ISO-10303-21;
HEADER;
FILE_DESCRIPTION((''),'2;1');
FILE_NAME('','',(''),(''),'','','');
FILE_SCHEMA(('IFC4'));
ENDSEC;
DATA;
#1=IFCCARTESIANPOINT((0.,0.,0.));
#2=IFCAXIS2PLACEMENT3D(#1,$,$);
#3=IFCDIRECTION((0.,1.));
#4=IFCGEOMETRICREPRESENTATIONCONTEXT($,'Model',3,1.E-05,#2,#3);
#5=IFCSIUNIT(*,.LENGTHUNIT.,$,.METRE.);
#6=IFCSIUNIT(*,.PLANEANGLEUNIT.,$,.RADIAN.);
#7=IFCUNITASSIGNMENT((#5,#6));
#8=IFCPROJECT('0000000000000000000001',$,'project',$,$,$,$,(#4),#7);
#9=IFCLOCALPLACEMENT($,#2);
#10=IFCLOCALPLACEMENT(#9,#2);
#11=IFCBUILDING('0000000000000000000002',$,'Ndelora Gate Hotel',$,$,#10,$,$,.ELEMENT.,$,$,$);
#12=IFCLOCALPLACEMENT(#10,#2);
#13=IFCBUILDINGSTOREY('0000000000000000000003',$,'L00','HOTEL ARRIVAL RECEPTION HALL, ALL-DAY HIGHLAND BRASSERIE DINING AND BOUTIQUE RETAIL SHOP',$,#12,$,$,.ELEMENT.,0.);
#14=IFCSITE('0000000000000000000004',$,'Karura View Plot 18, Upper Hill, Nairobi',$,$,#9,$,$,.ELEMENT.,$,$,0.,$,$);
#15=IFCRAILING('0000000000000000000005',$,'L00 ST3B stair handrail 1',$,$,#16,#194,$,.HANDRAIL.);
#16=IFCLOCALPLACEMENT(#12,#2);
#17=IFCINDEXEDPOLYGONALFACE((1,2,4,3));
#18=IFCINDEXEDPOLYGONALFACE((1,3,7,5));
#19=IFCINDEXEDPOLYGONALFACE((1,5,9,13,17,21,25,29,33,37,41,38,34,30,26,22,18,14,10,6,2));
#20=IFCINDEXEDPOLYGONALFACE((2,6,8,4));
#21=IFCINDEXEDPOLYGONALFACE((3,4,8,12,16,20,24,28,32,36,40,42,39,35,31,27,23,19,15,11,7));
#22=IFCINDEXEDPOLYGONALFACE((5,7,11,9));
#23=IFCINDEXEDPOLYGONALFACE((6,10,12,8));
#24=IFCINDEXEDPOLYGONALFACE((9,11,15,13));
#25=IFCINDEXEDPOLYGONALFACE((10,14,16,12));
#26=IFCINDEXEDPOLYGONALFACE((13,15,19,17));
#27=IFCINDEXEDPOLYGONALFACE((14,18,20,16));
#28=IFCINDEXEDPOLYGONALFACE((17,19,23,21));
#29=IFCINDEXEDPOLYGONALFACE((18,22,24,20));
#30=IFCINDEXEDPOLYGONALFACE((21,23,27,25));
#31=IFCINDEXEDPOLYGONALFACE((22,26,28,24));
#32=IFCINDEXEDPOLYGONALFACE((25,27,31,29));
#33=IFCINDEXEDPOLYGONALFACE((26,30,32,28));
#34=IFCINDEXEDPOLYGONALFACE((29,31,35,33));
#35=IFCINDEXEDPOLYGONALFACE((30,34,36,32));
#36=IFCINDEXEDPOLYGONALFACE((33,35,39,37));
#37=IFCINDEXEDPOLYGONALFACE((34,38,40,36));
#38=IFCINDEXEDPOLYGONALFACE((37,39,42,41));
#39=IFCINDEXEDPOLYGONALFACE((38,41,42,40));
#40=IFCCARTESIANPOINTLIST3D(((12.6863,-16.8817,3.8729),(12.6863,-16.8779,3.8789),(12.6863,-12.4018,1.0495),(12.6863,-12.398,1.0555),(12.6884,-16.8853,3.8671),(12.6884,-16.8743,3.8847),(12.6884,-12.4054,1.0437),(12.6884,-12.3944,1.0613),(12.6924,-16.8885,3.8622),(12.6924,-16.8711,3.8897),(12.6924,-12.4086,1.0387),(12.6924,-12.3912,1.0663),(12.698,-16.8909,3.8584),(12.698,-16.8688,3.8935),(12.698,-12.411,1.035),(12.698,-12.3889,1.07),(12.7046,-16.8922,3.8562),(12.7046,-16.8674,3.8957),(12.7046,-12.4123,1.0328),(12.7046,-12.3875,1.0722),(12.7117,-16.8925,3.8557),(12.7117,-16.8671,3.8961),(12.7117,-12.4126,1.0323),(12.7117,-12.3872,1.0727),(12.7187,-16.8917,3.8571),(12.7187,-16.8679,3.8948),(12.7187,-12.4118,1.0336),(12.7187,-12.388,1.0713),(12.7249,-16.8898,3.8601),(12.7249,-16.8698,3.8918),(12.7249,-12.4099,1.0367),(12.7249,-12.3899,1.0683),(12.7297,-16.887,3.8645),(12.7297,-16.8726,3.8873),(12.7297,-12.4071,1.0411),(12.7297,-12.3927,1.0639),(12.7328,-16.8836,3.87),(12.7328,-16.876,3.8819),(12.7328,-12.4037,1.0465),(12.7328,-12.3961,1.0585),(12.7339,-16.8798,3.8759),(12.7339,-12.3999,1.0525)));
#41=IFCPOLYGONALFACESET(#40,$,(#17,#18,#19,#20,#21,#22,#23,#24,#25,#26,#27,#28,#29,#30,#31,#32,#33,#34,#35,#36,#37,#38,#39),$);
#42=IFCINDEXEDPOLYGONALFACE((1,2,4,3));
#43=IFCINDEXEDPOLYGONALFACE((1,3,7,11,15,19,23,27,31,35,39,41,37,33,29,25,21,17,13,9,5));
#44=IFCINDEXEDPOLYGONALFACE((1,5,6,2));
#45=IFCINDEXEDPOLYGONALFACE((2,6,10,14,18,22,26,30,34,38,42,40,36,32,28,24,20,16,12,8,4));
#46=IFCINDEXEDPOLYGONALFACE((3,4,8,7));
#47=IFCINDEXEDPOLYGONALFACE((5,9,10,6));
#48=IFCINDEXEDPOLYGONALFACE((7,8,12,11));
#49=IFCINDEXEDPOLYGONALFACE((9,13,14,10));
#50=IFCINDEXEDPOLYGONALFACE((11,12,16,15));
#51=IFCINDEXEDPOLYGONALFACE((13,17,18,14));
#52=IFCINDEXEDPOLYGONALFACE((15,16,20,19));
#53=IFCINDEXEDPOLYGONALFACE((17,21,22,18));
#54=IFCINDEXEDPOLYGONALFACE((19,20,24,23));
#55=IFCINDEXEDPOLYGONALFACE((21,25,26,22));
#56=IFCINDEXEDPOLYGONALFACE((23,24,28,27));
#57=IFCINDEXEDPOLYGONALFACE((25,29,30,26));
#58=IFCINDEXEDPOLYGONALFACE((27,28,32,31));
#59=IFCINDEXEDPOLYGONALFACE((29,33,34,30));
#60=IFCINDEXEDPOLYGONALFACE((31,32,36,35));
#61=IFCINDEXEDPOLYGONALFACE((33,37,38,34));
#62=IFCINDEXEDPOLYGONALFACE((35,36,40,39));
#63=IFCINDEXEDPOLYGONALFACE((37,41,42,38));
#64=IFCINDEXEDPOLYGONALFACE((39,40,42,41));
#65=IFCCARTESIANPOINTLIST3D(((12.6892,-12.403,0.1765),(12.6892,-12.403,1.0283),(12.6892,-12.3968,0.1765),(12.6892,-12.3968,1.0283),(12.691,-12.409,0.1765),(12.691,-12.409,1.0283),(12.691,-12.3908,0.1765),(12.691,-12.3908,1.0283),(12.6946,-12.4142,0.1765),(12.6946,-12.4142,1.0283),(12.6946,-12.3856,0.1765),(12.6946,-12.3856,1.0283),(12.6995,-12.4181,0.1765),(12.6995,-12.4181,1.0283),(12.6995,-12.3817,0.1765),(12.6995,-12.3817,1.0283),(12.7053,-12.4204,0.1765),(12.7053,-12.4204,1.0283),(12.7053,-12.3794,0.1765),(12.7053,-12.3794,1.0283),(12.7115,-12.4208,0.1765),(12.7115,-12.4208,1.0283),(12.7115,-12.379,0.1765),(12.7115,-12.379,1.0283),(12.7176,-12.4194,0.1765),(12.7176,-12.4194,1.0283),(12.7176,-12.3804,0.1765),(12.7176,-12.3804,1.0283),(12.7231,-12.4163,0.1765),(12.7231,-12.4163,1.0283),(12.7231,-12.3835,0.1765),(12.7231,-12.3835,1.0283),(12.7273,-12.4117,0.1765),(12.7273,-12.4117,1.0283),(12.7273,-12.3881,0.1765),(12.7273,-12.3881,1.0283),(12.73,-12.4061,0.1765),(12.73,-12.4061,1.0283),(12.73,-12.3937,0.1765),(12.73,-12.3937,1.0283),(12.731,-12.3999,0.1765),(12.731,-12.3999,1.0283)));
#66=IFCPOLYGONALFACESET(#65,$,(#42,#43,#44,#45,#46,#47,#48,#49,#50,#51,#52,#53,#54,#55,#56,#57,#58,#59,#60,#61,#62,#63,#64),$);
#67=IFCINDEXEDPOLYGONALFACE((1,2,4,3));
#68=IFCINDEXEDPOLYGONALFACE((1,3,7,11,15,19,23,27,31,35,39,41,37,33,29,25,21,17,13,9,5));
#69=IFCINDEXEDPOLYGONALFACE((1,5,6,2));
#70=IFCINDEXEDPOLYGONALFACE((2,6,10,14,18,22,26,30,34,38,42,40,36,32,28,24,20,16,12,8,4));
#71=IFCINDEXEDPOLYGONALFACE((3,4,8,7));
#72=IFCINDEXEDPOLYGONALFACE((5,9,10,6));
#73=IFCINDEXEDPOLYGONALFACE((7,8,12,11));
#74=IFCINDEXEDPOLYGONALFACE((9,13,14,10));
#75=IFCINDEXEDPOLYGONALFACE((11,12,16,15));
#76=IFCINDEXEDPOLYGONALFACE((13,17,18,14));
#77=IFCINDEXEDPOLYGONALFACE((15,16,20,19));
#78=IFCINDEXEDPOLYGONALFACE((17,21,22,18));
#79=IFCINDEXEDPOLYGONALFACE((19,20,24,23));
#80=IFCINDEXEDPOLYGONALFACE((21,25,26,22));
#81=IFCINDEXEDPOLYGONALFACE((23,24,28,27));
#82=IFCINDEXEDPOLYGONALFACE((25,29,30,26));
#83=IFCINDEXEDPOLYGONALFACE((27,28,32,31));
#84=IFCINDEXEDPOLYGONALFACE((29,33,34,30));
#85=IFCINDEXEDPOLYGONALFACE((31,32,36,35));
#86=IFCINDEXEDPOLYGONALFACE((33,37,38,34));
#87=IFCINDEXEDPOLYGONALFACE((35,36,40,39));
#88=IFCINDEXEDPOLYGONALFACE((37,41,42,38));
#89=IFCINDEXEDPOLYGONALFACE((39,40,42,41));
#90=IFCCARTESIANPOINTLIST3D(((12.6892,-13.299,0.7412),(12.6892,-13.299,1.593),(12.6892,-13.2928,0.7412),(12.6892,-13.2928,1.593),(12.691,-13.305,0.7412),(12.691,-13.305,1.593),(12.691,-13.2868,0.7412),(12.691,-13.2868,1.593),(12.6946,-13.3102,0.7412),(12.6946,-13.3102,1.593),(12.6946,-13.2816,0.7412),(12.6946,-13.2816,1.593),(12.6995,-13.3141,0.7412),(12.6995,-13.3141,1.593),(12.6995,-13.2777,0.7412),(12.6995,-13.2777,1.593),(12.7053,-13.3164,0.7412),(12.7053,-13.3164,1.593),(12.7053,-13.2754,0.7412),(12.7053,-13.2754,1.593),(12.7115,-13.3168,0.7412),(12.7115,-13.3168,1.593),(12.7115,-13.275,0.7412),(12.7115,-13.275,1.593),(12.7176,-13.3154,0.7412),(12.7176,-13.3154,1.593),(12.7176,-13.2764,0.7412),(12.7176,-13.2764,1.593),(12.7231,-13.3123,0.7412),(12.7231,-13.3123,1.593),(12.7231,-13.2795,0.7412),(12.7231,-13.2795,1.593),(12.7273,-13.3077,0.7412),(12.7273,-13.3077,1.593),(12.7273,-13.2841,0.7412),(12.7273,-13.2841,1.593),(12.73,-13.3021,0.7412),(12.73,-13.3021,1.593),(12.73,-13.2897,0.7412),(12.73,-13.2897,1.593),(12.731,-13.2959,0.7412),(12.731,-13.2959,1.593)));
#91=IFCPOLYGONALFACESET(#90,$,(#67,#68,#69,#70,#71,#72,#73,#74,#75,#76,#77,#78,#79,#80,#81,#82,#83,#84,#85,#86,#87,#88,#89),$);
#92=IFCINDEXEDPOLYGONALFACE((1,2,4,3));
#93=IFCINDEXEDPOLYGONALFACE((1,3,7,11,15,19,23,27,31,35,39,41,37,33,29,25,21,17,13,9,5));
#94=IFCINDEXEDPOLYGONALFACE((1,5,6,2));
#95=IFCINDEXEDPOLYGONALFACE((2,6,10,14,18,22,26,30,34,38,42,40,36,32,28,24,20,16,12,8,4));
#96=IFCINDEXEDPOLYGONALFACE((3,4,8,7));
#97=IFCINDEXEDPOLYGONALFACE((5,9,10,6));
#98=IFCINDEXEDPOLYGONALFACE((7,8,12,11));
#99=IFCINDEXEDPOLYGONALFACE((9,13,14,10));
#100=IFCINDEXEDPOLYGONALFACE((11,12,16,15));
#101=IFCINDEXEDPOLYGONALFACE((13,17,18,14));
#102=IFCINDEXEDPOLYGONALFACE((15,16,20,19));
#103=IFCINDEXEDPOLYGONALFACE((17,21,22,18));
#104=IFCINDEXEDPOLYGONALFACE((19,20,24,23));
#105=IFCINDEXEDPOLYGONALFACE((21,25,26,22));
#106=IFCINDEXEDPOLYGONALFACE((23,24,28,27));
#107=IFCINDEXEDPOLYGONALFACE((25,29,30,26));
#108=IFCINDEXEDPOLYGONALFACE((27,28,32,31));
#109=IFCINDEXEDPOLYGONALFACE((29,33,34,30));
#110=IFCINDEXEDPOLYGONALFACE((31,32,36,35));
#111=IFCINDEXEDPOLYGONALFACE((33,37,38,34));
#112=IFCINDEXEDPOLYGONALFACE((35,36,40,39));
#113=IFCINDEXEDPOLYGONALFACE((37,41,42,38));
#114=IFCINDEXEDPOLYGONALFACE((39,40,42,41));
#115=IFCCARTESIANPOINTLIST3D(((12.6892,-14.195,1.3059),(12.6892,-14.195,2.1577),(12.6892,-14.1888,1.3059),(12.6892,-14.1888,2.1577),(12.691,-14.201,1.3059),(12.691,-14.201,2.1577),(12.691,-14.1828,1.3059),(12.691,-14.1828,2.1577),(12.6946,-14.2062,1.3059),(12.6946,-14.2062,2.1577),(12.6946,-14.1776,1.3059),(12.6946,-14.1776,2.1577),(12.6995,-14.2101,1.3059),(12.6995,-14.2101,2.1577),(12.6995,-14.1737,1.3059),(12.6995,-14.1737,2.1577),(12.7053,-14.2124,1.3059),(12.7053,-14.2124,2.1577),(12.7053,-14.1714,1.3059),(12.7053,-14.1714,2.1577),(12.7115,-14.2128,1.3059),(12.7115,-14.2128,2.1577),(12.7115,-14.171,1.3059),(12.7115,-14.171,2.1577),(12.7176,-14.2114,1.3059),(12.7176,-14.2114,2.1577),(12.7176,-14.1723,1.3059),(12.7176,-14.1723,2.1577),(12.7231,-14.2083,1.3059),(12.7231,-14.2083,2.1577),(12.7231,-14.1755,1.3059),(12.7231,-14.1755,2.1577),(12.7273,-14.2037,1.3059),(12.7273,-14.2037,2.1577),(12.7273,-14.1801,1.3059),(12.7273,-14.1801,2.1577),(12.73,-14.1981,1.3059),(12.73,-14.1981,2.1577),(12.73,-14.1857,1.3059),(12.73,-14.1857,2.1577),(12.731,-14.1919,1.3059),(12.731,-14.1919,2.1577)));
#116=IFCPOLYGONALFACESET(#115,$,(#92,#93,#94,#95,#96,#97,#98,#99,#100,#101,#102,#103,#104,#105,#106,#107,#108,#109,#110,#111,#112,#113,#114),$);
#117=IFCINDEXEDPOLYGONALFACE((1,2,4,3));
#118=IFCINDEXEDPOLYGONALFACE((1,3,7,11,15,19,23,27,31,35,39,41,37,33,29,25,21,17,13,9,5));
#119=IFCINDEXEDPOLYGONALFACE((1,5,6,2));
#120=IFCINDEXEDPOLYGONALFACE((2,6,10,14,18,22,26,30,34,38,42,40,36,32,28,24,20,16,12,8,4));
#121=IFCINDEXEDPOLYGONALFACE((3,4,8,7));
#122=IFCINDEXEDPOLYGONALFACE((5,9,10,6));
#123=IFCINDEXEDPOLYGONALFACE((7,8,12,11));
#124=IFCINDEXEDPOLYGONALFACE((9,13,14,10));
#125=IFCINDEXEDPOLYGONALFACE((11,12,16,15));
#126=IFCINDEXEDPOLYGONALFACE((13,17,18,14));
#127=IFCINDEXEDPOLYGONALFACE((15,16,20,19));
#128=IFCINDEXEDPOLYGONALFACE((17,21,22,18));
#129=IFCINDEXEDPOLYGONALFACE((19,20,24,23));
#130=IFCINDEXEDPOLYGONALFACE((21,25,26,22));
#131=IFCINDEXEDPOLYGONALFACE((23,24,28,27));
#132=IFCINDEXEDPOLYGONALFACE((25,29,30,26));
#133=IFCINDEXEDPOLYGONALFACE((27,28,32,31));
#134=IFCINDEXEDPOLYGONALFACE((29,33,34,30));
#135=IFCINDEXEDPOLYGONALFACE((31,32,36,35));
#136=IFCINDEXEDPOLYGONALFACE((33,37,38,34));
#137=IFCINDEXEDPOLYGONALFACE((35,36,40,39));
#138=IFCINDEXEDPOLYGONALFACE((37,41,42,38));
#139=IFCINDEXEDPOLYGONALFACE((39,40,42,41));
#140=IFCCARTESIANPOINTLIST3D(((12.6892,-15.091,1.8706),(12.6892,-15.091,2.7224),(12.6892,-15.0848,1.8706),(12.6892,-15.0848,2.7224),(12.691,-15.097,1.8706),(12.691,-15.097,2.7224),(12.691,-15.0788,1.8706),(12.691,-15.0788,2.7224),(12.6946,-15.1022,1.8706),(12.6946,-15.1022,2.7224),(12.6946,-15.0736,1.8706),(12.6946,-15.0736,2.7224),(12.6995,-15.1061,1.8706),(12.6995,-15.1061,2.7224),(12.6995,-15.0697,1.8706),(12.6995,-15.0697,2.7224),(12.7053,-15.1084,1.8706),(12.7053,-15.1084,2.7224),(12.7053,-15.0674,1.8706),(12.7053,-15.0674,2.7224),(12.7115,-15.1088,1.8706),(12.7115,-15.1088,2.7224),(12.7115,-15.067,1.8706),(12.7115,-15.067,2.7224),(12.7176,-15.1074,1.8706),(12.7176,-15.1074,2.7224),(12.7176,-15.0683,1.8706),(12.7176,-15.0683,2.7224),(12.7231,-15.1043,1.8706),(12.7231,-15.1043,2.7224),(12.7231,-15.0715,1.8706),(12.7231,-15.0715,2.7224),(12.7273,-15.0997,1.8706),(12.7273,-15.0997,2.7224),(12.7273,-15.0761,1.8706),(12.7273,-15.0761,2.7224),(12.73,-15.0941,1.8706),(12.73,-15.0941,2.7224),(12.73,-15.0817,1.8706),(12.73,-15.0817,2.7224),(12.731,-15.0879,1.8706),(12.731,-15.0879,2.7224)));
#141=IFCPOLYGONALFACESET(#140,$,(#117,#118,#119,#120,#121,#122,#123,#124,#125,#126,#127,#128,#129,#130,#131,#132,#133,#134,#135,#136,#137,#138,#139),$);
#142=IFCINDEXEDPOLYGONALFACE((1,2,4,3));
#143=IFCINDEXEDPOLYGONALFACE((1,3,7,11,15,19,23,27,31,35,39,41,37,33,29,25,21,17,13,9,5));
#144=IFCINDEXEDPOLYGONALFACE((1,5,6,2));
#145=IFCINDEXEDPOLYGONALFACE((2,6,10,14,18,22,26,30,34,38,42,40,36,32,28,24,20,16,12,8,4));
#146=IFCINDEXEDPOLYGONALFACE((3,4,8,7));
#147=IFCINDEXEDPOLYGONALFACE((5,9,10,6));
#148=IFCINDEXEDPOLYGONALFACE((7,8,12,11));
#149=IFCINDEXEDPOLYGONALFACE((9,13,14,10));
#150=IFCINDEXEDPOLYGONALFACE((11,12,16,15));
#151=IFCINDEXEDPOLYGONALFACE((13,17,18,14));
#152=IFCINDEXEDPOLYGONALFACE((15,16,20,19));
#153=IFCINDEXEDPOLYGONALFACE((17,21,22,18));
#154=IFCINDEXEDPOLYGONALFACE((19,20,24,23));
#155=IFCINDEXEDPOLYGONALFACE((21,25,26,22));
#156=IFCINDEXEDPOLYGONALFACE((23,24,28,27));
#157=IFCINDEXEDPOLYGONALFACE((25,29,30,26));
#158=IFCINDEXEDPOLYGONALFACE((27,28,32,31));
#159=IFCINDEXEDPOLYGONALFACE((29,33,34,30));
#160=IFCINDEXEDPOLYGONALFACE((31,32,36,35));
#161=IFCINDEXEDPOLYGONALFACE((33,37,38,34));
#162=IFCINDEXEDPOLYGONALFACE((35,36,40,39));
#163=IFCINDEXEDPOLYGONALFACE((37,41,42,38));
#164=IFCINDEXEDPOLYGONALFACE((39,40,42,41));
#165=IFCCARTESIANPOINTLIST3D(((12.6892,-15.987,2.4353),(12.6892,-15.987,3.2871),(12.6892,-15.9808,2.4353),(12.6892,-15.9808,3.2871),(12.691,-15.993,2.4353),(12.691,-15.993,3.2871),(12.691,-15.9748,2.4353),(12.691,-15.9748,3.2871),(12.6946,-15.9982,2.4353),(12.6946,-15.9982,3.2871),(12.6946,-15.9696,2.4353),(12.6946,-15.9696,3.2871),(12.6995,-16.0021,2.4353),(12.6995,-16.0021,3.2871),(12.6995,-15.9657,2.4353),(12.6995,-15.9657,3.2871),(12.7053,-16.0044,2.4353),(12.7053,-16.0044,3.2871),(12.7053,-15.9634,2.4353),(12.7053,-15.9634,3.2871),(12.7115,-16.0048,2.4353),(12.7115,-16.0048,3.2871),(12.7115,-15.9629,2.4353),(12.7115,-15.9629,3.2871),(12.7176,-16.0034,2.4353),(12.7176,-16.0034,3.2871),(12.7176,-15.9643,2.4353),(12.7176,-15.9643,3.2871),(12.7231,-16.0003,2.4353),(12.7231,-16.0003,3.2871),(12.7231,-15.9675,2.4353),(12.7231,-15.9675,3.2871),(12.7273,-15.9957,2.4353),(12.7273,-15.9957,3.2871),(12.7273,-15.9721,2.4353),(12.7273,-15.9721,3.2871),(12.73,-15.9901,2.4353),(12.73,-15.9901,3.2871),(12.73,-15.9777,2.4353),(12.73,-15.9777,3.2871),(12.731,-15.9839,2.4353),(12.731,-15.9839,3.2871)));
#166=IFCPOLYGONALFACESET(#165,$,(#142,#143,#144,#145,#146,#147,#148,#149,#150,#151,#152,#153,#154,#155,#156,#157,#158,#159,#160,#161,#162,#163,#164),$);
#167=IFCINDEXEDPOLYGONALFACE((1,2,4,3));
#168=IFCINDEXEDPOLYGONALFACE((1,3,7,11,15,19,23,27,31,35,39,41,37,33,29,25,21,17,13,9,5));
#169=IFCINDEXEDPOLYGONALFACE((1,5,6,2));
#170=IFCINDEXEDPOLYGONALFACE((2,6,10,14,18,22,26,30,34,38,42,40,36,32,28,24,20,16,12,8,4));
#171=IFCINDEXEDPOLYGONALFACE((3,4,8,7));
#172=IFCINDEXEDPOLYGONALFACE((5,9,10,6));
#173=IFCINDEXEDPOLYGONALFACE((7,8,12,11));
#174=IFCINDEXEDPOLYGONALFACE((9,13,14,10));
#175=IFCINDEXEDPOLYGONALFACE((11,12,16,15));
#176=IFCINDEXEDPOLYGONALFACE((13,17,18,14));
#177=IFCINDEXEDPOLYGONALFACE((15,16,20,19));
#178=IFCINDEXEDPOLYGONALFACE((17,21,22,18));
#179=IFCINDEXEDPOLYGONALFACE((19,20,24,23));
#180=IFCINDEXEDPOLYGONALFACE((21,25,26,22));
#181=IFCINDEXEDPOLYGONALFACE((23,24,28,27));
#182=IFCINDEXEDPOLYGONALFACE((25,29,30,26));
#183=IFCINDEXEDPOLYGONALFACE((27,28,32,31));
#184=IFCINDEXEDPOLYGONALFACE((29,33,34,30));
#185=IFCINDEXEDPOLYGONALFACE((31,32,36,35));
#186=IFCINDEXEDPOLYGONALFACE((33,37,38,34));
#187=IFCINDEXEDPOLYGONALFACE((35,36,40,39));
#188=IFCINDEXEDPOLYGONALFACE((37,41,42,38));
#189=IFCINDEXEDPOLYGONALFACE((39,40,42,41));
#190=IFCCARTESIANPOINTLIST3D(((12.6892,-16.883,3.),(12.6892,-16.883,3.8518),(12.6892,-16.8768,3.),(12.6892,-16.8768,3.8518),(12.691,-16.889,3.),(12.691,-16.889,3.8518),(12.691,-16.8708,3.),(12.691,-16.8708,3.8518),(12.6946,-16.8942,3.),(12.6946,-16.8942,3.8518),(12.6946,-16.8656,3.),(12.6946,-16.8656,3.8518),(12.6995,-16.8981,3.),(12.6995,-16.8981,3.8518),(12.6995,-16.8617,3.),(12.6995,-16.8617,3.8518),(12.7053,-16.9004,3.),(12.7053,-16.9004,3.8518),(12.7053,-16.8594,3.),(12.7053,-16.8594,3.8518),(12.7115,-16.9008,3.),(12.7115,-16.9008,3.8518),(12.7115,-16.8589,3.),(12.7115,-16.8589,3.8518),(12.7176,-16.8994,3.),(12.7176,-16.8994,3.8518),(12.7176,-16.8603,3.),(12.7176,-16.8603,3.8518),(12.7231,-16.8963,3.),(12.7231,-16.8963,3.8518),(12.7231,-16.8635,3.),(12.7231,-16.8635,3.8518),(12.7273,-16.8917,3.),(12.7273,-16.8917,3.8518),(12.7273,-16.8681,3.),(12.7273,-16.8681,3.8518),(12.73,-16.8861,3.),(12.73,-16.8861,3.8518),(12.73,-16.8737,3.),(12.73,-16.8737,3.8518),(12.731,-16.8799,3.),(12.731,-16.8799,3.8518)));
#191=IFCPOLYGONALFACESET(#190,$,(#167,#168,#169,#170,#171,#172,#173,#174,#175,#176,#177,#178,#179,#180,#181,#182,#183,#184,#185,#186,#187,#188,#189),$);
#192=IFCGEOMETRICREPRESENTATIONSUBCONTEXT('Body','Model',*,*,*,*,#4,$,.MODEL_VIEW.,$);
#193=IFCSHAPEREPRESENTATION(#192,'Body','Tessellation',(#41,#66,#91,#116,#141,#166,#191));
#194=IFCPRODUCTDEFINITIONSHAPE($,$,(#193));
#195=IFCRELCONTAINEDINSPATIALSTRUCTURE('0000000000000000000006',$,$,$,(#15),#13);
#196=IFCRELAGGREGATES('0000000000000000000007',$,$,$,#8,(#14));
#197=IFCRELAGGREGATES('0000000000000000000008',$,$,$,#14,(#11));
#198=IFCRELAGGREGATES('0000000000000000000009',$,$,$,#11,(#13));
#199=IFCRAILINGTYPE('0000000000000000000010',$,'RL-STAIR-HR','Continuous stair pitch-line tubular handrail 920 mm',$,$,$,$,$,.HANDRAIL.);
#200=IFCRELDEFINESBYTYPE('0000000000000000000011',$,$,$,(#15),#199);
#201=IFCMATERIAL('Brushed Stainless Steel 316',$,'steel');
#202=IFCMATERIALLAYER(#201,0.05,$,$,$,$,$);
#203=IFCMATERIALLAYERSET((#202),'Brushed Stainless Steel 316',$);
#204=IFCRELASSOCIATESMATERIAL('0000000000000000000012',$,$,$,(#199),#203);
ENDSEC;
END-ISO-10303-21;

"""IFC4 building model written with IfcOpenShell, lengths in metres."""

from ifc_helpers import new_model, si_unit, direction, frame, origin, origin_2d, place, context, subcontext, project, spatial, circle, extrude, material, layer, layer_set, type_object, element, save


model = new_model("IFC4")

# Units and contexts
model_context = context("Model", 3, precision=1e-05, world=origin(), true_north=direction((0.0, 1.0)))
body_context = subcontext(model_context, "Body", "Model", "MODEL_VIEW")
ifc_project = project(units=[si_unit("LENGTHUNIT", "METRE"), si_unit("PLANEANGLEUNIT", "RADIAN")], contexts=[model_context])

# Site, building, storey
site_placement = place(None, origin())
site = spatial("IfcSite", under=ifc_project, at=site_placement, Name="Karura View Plot 18, Upper Hill, Nairobi", CompositionType="ELEMENT", RefElevation=0.0)
building_placement = place(site_placement, origin())
building = spatial("IfcBuilding", under=site, at=building_placement, Name="Ndelora Gate Hotel", CompositionType="ELEMENT")
storey_placement = place(building_placement, origin())
storey = spatial("IfcBuildingStorey", under=building, at=storey_placement, Name="L00", Description="HOTEL ARRIVAL RECEPTION HALL, ALL-DAY HIGHLAND BRASSERIE DINING AND BOUTIQUE RETAIL SHOP", CompositionType="ELEMENT", Elevation=0.0)

# Railing
ifc_material_1 = material(Name="Brushed Stainless Steel 316", Category="steel")
ifc_layer_1 = layer(ifc_material_1, 0.05)
ifc_layer_set_1 = layer_set([ifc_layer_1], Name="Brushed Stainless Steel 316")
railing_type_1 = type_object("IfcRailingType", Name="RL-STAIR-HR", Description="Continuous stair pitch-line tubular handrail 920 mm", PredefinedType="HANDRAIL", material=ifc_layer_set_1)
railing_1_placement = place(storey_placement, frame((12.71, -12.3999, 0.1765)))
element("IfcRailing", 1, at=railing_1_placement, inside=storey, type_object=railing_type_1, Name="L00 ST3B stair handrail 1", PredefinedType="HANDRAIL", context=body_context, shape_type="SweptSolid", body=[
    extrude(circle(Radius=0.0239, at=origin_2d()), frame((0.0, 0.0, 0.876), z_axis=(0.0, -0.845998, 0.533186), x_axis=(1.0, 0.0, 0.0)), (0.0, 0.0, 1.0), 5.2954),
    extrude(circle(Radius=0.021, at=origin_2d()), origin(), (0.0, 0.0, 1.0), 0.8518),
    extrude(circle(Radius=0.021, at=origin_2d()), frame((0.0, -0.896, 0.5647)), (0.0, 0.0, 1.0), 0.8518),
    extrude(circle(Radius=0.021, at=origin_2d()), frame((0.0, -1.792, 1.1294)), (0.0, 0.0, 1.0), 0.8518),
    extrude(circle(Radius=0.021, at=origin_2d()), frame((0.0, -2.688, 1.6941)), (0.0, 0.0, 1.0), 0.8518),
    extrude(circle(Radius=0.021, at=origin_2d()), frame((0.0, -3.584, 2.2588)), (0.0, 0.0, 1.0), 0.8518),
    extrude(circle(Radius=0.021, at=origin_2d()), frame((0.0, -4.48, 2.8235)), (0.0, 0.0, 1.0), 0.8518),
])

save(model, "model.ifc")
